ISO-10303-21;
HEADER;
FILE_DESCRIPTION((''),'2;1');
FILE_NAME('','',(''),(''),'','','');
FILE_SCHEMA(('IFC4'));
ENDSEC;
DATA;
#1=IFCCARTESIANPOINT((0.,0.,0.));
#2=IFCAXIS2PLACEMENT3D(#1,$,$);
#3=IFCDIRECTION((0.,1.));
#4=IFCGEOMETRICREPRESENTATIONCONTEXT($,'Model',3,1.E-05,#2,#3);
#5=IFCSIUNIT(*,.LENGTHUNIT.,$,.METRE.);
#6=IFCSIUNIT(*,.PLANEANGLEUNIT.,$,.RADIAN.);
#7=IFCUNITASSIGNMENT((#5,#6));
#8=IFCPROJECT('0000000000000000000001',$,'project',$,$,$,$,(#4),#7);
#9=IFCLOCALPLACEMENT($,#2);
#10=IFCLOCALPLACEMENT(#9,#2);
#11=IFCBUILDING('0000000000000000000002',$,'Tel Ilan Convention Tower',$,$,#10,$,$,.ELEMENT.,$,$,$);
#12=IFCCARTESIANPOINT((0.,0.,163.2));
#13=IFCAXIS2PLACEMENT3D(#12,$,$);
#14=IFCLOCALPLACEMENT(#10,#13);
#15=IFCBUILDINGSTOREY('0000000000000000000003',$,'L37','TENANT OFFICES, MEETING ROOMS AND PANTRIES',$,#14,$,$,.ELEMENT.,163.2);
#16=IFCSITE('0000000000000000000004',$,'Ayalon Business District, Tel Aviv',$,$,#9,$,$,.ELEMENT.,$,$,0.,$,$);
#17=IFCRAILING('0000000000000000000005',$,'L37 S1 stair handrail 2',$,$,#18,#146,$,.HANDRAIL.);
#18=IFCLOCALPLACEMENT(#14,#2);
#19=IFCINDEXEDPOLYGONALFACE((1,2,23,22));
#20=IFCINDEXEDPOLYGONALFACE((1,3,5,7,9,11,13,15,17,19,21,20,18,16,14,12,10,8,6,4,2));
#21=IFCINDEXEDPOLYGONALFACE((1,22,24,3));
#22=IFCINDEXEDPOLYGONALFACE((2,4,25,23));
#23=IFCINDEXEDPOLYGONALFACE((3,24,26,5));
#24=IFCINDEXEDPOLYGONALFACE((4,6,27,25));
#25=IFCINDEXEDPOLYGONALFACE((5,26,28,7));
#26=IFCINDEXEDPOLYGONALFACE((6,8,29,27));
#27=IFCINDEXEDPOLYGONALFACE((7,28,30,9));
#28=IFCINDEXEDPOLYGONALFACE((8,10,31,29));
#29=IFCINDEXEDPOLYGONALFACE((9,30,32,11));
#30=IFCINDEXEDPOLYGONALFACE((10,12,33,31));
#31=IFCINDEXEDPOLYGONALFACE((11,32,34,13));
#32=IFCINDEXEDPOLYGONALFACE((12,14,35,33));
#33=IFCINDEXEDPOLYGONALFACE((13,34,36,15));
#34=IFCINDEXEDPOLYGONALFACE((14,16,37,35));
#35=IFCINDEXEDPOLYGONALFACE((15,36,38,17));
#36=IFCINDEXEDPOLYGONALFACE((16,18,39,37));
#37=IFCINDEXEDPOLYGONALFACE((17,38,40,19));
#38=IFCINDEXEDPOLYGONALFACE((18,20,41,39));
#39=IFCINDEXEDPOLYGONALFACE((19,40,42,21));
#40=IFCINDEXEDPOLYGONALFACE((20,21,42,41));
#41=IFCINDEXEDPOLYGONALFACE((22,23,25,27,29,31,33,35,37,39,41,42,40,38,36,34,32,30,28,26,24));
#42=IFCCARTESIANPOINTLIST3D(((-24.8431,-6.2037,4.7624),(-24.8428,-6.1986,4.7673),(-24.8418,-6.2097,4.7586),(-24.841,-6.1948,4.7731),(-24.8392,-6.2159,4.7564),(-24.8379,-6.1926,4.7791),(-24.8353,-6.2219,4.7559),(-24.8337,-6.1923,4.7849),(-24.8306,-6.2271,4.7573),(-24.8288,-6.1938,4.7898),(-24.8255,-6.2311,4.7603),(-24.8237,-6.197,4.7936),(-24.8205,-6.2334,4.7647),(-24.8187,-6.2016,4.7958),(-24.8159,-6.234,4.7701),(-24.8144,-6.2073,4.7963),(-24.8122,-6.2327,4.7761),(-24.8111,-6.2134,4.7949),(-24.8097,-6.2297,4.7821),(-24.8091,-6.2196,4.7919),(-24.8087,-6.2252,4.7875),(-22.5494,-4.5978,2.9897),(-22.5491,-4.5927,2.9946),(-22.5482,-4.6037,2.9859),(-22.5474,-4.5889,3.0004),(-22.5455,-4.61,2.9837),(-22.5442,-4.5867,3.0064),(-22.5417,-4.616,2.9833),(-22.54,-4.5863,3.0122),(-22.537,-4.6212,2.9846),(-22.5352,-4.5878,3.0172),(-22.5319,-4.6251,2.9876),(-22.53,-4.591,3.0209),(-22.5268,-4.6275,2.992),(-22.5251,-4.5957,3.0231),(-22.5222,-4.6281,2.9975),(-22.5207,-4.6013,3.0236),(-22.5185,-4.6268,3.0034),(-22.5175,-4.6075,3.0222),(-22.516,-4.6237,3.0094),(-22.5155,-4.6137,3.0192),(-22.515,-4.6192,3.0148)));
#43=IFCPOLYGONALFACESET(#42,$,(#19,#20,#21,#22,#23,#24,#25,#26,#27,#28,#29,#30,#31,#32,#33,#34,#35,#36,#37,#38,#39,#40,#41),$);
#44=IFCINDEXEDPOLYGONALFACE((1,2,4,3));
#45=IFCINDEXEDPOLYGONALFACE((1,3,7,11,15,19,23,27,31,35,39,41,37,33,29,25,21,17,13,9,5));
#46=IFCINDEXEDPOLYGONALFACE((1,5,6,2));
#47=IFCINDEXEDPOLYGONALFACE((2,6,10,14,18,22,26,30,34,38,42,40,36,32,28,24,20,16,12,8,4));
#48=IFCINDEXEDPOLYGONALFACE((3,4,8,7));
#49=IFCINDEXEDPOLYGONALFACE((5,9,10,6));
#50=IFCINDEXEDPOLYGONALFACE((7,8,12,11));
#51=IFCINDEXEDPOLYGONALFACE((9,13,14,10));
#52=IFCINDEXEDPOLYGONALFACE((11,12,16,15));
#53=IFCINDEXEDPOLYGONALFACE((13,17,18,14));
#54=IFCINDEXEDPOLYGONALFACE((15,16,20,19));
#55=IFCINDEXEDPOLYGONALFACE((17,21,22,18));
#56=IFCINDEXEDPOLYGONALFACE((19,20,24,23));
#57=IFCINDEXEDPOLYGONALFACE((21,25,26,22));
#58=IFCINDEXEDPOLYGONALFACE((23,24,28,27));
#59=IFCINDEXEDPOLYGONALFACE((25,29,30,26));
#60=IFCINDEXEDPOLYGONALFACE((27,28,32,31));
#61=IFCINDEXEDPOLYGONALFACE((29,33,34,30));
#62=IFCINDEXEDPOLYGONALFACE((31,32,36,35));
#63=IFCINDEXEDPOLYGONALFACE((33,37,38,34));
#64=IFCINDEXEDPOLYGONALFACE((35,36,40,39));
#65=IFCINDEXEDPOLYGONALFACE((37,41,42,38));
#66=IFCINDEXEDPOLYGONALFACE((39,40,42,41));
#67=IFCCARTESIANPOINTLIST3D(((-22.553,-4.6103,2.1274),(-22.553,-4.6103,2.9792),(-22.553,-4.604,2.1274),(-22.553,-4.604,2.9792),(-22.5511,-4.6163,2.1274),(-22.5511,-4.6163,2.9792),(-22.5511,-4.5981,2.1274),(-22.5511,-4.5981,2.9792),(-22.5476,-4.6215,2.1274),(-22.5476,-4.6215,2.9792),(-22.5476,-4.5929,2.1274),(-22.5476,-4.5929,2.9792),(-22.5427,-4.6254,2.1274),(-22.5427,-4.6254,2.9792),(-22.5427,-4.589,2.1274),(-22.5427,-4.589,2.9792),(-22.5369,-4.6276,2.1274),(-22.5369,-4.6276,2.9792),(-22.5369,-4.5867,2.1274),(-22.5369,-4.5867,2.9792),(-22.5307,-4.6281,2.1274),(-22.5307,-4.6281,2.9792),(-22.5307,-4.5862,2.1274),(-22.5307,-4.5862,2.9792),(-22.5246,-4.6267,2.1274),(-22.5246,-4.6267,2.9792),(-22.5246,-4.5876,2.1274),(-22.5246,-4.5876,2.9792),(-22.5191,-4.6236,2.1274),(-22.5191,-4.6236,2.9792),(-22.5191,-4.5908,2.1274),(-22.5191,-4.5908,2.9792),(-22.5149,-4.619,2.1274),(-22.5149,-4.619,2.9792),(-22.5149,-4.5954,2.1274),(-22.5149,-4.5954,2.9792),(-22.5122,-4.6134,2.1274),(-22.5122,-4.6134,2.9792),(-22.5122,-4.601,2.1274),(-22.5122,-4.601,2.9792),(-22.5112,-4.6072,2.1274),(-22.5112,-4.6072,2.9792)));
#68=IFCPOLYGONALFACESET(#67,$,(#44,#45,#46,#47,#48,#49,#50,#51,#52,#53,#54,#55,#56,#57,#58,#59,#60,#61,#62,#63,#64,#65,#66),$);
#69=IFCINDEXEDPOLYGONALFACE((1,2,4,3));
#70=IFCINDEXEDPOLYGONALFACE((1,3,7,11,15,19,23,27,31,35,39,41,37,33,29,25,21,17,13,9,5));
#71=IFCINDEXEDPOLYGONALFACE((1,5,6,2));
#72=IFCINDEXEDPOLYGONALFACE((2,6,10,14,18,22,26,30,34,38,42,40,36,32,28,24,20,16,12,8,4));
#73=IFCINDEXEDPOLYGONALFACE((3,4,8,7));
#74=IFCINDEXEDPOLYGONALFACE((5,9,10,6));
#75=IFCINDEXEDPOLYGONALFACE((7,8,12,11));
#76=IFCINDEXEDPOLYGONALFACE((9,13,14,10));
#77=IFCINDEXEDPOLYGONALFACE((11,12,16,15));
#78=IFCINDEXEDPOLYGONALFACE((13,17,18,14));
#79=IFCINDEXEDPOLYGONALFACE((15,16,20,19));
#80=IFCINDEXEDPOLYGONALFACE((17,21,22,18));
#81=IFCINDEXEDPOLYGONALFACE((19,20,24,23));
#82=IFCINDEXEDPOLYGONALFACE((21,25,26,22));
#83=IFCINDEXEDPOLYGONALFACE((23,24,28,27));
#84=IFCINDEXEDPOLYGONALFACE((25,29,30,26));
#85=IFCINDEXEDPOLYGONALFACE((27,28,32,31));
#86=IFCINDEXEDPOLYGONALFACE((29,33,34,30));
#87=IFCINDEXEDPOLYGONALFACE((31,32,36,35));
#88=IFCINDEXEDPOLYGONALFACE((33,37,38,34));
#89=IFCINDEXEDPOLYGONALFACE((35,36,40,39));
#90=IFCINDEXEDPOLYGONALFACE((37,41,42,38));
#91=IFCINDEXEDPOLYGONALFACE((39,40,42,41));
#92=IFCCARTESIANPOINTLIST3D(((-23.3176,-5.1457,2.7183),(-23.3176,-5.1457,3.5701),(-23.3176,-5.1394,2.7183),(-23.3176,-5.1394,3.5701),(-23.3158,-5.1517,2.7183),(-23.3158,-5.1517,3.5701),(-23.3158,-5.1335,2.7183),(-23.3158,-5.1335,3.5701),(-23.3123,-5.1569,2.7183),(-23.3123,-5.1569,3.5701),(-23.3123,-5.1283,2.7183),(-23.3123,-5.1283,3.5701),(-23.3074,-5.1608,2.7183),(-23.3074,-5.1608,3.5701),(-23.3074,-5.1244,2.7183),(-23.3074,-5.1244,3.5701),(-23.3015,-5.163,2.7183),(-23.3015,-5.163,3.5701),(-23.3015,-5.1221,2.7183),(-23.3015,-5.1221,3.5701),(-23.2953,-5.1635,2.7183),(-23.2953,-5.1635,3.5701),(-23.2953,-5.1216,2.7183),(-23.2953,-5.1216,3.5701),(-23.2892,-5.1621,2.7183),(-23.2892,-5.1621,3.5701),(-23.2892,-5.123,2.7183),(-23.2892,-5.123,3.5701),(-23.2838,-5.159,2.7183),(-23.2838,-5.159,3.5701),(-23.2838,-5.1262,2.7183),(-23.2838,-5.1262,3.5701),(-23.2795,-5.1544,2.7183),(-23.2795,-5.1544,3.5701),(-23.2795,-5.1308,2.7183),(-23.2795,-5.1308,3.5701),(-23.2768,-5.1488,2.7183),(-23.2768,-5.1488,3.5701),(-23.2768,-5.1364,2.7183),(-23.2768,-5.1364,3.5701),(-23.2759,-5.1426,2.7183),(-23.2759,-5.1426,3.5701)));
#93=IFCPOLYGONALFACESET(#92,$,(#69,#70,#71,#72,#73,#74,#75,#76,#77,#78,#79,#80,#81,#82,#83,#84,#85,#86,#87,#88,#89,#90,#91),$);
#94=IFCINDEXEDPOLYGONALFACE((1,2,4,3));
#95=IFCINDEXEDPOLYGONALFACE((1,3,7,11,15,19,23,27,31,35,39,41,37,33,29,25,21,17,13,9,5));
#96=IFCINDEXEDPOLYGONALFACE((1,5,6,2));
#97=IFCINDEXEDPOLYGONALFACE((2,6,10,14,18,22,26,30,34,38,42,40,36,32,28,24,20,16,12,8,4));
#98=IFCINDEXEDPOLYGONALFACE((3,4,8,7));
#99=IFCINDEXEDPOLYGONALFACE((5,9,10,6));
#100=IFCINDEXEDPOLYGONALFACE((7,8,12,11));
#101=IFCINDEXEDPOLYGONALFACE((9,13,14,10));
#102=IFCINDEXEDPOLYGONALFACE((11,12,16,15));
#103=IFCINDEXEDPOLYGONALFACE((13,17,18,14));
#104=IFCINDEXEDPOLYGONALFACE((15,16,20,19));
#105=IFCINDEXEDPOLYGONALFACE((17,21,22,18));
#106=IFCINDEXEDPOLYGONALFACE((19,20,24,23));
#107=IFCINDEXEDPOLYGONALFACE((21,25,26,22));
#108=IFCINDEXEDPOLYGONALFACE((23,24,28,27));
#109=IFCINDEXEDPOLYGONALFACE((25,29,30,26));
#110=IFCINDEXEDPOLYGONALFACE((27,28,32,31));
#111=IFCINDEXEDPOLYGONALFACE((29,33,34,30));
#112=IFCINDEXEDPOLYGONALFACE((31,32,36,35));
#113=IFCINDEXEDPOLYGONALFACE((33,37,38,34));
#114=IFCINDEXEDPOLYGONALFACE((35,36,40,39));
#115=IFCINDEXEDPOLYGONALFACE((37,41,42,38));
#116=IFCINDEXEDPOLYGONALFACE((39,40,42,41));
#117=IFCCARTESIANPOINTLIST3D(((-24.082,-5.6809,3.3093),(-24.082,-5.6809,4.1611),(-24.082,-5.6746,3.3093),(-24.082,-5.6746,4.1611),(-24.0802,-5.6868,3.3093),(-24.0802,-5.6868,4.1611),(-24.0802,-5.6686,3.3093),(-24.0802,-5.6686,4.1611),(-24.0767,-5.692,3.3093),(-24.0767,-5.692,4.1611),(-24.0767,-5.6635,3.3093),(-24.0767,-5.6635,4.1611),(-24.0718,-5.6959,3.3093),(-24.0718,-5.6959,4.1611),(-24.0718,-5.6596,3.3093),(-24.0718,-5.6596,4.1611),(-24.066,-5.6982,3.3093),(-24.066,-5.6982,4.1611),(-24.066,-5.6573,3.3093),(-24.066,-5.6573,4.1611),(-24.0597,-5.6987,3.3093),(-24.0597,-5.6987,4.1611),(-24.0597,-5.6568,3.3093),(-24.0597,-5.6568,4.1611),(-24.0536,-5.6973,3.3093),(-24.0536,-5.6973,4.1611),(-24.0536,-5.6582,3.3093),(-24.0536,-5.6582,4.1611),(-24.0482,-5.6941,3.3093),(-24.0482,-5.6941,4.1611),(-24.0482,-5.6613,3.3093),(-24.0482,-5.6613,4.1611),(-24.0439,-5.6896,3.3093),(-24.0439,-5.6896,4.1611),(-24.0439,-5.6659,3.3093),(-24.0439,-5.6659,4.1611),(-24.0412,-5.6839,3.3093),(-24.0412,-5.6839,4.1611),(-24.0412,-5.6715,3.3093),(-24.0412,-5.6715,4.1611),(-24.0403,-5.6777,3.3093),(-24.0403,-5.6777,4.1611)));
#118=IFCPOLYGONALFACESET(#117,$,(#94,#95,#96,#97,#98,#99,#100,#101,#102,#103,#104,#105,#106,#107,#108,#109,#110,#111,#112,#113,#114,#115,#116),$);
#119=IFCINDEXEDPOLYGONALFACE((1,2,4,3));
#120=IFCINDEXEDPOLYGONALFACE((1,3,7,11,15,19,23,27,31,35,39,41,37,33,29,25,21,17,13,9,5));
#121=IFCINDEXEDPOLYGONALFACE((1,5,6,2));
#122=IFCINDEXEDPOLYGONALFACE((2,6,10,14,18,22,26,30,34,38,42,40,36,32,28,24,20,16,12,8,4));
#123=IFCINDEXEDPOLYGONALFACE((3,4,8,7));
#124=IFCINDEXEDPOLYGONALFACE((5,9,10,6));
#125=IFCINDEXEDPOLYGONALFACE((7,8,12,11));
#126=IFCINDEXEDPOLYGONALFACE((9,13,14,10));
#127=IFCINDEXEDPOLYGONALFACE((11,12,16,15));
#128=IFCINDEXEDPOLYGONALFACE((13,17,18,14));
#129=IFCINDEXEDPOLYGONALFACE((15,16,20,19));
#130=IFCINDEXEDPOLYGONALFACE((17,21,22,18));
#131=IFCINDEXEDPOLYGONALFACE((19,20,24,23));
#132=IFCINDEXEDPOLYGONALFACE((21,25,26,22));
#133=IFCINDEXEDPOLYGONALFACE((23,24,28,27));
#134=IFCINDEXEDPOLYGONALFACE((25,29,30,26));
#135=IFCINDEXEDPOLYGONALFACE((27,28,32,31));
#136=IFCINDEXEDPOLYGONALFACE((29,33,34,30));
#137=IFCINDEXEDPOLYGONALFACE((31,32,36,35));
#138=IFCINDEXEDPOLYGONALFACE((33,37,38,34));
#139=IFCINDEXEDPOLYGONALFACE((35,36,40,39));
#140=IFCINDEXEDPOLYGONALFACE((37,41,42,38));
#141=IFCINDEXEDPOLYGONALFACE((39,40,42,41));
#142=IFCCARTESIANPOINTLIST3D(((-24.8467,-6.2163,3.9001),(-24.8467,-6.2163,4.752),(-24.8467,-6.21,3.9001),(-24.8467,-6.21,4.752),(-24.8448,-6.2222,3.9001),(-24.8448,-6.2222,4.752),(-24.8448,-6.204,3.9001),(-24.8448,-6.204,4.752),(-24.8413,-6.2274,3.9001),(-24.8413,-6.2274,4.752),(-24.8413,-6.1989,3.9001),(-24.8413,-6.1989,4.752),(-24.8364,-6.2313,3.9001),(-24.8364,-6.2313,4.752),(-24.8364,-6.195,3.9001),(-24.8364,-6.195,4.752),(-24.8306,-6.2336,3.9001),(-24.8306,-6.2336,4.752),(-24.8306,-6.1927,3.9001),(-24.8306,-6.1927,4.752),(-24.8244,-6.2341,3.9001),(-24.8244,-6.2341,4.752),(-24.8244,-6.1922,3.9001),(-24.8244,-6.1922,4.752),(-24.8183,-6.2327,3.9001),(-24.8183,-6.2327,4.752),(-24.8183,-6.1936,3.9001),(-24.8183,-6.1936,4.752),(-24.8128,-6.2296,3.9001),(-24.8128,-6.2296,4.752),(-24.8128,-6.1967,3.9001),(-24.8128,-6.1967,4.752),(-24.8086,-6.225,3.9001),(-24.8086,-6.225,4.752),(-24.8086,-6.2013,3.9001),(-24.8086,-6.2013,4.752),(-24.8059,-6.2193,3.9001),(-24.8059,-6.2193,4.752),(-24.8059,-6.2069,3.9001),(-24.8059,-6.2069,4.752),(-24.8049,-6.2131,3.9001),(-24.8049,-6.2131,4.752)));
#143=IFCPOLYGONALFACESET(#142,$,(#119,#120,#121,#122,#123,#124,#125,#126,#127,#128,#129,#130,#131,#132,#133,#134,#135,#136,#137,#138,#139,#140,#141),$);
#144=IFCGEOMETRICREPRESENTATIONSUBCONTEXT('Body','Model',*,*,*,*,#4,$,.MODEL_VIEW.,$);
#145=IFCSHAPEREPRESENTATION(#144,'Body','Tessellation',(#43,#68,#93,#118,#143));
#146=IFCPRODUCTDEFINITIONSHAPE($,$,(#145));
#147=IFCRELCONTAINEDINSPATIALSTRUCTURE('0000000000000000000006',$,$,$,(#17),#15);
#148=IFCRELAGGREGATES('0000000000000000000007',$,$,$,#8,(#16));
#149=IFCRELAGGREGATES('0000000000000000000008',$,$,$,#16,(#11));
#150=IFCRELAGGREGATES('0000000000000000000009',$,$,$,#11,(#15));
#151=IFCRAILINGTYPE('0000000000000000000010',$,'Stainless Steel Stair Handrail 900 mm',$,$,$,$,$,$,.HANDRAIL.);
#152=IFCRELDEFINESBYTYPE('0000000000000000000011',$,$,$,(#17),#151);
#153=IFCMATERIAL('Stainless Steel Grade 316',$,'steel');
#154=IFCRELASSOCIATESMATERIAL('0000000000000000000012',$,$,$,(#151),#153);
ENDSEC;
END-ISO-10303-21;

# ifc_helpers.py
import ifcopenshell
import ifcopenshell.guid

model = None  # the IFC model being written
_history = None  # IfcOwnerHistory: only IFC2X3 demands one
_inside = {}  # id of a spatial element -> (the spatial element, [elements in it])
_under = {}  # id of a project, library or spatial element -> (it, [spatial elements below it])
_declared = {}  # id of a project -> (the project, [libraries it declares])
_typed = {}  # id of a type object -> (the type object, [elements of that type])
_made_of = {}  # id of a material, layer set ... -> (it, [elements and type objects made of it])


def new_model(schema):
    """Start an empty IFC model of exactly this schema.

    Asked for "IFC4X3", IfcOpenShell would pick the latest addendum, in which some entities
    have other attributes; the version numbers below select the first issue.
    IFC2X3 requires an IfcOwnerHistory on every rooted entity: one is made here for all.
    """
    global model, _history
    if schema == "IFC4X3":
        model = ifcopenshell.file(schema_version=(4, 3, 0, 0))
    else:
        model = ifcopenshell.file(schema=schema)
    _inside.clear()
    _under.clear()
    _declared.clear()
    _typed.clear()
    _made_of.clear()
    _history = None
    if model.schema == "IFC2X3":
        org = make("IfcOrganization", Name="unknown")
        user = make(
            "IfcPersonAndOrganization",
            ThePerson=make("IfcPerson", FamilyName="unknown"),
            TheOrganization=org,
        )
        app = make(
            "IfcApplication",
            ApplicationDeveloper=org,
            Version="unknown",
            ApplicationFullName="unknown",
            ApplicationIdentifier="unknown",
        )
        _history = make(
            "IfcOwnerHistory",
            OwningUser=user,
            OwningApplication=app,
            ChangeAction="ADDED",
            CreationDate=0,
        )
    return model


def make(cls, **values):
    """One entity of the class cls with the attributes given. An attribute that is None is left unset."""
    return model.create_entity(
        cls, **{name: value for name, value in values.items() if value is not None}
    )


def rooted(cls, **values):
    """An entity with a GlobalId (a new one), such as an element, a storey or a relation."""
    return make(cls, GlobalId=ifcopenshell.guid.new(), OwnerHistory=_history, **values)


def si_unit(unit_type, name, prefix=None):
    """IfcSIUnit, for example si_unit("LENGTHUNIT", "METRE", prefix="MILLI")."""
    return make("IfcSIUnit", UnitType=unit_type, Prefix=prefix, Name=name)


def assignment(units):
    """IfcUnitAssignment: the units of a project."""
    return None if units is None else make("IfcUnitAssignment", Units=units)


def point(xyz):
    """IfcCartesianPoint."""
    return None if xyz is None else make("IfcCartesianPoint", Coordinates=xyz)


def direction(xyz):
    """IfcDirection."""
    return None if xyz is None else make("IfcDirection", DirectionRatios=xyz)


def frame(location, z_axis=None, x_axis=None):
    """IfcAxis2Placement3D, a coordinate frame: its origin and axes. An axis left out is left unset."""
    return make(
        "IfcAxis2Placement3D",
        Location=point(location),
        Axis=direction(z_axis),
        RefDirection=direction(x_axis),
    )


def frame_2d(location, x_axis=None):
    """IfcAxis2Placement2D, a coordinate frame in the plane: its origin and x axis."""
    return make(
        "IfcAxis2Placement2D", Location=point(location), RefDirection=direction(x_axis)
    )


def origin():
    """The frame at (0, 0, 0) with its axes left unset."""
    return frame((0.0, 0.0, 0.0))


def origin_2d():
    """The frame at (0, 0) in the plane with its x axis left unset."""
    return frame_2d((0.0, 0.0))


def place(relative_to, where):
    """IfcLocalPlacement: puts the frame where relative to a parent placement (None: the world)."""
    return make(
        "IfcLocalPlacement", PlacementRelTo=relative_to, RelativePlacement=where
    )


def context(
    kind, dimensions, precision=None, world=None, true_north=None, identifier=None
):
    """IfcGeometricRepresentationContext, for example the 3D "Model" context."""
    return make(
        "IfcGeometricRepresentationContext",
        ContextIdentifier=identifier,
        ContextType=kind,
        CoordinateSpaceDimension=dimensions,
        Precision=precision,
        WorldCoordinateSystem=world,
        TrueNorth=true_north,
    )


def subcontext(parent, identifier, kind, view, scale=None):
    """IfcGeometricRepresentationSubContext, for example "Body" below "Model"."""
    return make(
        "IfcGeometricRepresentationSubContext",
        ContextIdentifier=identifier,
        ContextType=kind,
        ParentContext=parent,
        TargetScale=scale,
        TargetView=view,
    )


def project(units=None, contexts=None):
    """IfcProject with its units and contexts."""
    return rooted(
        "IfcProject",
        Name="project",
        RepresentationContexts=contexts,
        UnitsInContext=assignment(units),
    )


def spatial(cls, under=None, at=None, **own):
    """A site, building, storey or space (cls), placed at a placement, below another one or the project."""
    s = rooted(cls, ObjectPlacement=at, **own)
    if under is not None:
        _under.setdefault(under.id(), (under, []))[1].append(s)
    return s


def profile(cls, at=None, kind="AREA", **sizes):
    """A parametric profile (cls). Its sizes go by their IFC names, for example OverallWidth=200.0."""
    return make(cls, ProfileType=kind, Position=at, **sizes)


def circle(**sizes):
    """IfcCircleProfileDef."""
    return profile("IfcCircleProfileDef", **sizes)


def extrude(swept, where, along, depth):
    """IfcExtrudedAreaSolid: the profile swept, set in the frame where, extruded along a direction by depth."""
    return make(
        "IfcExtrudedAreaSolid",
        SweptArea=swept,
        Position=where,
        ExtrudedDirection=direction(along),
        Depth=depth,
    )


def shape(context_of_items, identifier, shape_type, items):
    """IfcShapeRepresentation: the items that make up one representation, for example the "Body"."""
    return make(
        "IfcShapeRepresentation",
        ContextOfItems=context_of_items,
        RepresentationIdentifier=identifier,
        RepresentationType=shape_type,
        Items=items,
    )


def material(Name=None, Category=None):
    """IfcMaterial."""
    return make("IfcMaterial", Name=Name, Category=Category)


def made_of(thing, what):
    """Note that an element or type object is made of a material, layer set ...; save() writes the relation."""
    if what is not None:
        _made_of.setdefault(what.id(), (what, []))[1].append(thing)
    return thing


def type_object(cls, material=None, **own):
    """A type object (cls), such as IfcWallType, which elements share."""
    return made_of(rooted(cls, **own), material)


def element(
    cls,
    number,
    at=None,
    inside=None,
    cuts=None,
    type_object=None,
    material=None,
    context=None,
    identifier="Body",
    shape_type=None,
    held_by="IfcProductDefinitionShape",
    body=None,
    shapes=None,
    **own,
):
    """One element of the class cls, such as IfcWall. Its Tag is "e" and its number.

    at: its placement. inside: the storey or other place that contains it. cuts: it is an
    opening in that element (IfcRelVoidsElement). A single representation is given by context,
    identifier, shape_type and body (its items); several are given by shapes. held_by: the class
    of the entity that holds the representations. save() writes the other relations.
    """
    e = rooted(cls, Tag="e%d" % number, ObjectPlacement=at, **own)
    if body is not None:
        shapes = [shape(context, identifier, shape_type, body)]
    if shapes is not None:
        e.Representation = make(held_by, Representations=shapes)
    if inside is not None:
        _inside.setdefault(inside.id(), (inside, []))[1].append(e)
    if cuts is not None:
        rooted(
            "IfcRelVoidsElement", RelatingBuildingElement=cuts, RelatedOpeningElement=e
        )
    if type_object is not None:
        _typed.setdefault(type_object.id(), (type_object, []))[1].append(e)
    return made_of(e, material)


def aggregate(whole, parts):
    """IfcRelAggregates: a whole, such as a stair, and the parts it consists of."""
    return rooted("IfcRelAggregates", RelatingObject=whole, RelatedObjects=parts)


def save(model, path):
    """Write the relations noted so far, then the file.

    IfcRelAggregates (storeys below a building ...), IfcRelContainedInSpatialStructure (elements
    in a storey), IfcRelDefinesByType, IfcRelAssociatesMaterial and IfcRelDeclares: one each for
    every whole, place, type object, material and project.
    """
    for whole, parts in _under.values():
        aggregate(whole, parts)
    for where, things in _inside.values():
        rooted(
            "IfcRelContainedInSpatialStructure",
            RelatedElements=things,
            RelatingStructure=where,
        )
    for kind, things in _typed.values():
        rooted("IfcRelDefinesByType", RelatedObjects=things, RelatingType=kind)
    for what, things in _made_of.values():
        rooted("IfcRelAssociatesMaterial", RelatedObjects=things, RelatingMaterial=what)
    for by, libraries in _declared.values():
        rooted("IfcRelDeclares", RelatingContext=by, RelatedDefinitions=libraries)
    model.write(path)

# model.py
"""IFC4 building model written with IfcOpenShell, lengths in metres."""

from ifc_helpers import new_model, si_unit, direction, frame, origin, origin_2d, place, context, subcontext, project, spatial, circle, extrude, material, type_object, element, save


model = new_model("IFC4")

# Units and contexts
model_context = context("Model", 3, precision=1e-05, world=origin(), true_north=direction((0.0, 1.0)))
body_context = subcontext(model_context, "Body", "Model", "MODEL_VIEW")
ifc_project = project(units=[si_unit("LENGTHUNIT", "METRE"), si_unit("PLANEANGLEUNIT", "RADIAN")], contexts=[model_context])

# Site, building, storey
site_placement = place(None, origin())
site = spatial("IfcSite", under=ifc_project, at=site_placement, Name="Ayalon Business District, Tel Aviv", CompositionType="ELEMENT", RefElevation=0.0)
building_placement = place(site_placement, origin())
building = spatial("IfcBuilding", under=site, at=building_placement, Name="Tel Ilan Convention Tower", CompositionType="ELEMENT")
storey_placement = place(building_placement, frame((0.0, 0.0, 163.2)))
storey = spatial("IfcBuildingStorey", under=building, at=storey_placement, Name="L37", Description="TENANT OFFICES, MEETING ROOMS AND PANTRIES", CompositionType="ELEMENT", Elevation=163.2)

# Railing
ifc_material_1 = material(Name="Stainless Steel Grade 316", Category="steel")
railing_type_1 = type_object("IfcRailingType", Name="Stainless Steel Stair Handrail 900 mm", PredefinedType="HANDRAIL", material=ifc_material_1)
railing_1_placement = place(storey_placement, frame((-22.5322, -4.6072, 2.1274)))
element("IfcRailing", 1, at=railing_1_placement, inside=storey, type_object=railing_type_1, Name="L37 S1 stair handrail 2", PredefinedType="HANDRAIL", context=body_context, shape_type="SweptSolid", body=[
    extrude(circle(Radius=0.0239, at=origin_2d()), frame((0.0, 0.0, 0.876), z_axis=(-0.692123, -0.484597, 0.534913), x_axis=(0.57355, -0.81917, 0.0)), (0.0, 0.0, 1.0), 3.314),
    extrude(circle(Radius=0.021, at=origin_2d()), origin(), (0.0, 0.0, 1.0), 0.8518),
    extrude(circle(Radius=0.021, at=origin_2d()), frame((-0.7646, -0.5354, 0.5908)), (0.0, 0.0, 1.0), 0.8518),
    extrude(circle(Radius=0.021, at=origin_2d()), frame((-1.5291, -1.0706, 1.1819)), (0.0, 0.0, 1.0), 0.8518),
    extrude(circle(Radius=0.021, at=origin_2d()), frame((-2.2937, -1.606, 1.7727)), (0.0, 0.0, 1.0), 0.8518),
])

save(model, "model.ifc")
